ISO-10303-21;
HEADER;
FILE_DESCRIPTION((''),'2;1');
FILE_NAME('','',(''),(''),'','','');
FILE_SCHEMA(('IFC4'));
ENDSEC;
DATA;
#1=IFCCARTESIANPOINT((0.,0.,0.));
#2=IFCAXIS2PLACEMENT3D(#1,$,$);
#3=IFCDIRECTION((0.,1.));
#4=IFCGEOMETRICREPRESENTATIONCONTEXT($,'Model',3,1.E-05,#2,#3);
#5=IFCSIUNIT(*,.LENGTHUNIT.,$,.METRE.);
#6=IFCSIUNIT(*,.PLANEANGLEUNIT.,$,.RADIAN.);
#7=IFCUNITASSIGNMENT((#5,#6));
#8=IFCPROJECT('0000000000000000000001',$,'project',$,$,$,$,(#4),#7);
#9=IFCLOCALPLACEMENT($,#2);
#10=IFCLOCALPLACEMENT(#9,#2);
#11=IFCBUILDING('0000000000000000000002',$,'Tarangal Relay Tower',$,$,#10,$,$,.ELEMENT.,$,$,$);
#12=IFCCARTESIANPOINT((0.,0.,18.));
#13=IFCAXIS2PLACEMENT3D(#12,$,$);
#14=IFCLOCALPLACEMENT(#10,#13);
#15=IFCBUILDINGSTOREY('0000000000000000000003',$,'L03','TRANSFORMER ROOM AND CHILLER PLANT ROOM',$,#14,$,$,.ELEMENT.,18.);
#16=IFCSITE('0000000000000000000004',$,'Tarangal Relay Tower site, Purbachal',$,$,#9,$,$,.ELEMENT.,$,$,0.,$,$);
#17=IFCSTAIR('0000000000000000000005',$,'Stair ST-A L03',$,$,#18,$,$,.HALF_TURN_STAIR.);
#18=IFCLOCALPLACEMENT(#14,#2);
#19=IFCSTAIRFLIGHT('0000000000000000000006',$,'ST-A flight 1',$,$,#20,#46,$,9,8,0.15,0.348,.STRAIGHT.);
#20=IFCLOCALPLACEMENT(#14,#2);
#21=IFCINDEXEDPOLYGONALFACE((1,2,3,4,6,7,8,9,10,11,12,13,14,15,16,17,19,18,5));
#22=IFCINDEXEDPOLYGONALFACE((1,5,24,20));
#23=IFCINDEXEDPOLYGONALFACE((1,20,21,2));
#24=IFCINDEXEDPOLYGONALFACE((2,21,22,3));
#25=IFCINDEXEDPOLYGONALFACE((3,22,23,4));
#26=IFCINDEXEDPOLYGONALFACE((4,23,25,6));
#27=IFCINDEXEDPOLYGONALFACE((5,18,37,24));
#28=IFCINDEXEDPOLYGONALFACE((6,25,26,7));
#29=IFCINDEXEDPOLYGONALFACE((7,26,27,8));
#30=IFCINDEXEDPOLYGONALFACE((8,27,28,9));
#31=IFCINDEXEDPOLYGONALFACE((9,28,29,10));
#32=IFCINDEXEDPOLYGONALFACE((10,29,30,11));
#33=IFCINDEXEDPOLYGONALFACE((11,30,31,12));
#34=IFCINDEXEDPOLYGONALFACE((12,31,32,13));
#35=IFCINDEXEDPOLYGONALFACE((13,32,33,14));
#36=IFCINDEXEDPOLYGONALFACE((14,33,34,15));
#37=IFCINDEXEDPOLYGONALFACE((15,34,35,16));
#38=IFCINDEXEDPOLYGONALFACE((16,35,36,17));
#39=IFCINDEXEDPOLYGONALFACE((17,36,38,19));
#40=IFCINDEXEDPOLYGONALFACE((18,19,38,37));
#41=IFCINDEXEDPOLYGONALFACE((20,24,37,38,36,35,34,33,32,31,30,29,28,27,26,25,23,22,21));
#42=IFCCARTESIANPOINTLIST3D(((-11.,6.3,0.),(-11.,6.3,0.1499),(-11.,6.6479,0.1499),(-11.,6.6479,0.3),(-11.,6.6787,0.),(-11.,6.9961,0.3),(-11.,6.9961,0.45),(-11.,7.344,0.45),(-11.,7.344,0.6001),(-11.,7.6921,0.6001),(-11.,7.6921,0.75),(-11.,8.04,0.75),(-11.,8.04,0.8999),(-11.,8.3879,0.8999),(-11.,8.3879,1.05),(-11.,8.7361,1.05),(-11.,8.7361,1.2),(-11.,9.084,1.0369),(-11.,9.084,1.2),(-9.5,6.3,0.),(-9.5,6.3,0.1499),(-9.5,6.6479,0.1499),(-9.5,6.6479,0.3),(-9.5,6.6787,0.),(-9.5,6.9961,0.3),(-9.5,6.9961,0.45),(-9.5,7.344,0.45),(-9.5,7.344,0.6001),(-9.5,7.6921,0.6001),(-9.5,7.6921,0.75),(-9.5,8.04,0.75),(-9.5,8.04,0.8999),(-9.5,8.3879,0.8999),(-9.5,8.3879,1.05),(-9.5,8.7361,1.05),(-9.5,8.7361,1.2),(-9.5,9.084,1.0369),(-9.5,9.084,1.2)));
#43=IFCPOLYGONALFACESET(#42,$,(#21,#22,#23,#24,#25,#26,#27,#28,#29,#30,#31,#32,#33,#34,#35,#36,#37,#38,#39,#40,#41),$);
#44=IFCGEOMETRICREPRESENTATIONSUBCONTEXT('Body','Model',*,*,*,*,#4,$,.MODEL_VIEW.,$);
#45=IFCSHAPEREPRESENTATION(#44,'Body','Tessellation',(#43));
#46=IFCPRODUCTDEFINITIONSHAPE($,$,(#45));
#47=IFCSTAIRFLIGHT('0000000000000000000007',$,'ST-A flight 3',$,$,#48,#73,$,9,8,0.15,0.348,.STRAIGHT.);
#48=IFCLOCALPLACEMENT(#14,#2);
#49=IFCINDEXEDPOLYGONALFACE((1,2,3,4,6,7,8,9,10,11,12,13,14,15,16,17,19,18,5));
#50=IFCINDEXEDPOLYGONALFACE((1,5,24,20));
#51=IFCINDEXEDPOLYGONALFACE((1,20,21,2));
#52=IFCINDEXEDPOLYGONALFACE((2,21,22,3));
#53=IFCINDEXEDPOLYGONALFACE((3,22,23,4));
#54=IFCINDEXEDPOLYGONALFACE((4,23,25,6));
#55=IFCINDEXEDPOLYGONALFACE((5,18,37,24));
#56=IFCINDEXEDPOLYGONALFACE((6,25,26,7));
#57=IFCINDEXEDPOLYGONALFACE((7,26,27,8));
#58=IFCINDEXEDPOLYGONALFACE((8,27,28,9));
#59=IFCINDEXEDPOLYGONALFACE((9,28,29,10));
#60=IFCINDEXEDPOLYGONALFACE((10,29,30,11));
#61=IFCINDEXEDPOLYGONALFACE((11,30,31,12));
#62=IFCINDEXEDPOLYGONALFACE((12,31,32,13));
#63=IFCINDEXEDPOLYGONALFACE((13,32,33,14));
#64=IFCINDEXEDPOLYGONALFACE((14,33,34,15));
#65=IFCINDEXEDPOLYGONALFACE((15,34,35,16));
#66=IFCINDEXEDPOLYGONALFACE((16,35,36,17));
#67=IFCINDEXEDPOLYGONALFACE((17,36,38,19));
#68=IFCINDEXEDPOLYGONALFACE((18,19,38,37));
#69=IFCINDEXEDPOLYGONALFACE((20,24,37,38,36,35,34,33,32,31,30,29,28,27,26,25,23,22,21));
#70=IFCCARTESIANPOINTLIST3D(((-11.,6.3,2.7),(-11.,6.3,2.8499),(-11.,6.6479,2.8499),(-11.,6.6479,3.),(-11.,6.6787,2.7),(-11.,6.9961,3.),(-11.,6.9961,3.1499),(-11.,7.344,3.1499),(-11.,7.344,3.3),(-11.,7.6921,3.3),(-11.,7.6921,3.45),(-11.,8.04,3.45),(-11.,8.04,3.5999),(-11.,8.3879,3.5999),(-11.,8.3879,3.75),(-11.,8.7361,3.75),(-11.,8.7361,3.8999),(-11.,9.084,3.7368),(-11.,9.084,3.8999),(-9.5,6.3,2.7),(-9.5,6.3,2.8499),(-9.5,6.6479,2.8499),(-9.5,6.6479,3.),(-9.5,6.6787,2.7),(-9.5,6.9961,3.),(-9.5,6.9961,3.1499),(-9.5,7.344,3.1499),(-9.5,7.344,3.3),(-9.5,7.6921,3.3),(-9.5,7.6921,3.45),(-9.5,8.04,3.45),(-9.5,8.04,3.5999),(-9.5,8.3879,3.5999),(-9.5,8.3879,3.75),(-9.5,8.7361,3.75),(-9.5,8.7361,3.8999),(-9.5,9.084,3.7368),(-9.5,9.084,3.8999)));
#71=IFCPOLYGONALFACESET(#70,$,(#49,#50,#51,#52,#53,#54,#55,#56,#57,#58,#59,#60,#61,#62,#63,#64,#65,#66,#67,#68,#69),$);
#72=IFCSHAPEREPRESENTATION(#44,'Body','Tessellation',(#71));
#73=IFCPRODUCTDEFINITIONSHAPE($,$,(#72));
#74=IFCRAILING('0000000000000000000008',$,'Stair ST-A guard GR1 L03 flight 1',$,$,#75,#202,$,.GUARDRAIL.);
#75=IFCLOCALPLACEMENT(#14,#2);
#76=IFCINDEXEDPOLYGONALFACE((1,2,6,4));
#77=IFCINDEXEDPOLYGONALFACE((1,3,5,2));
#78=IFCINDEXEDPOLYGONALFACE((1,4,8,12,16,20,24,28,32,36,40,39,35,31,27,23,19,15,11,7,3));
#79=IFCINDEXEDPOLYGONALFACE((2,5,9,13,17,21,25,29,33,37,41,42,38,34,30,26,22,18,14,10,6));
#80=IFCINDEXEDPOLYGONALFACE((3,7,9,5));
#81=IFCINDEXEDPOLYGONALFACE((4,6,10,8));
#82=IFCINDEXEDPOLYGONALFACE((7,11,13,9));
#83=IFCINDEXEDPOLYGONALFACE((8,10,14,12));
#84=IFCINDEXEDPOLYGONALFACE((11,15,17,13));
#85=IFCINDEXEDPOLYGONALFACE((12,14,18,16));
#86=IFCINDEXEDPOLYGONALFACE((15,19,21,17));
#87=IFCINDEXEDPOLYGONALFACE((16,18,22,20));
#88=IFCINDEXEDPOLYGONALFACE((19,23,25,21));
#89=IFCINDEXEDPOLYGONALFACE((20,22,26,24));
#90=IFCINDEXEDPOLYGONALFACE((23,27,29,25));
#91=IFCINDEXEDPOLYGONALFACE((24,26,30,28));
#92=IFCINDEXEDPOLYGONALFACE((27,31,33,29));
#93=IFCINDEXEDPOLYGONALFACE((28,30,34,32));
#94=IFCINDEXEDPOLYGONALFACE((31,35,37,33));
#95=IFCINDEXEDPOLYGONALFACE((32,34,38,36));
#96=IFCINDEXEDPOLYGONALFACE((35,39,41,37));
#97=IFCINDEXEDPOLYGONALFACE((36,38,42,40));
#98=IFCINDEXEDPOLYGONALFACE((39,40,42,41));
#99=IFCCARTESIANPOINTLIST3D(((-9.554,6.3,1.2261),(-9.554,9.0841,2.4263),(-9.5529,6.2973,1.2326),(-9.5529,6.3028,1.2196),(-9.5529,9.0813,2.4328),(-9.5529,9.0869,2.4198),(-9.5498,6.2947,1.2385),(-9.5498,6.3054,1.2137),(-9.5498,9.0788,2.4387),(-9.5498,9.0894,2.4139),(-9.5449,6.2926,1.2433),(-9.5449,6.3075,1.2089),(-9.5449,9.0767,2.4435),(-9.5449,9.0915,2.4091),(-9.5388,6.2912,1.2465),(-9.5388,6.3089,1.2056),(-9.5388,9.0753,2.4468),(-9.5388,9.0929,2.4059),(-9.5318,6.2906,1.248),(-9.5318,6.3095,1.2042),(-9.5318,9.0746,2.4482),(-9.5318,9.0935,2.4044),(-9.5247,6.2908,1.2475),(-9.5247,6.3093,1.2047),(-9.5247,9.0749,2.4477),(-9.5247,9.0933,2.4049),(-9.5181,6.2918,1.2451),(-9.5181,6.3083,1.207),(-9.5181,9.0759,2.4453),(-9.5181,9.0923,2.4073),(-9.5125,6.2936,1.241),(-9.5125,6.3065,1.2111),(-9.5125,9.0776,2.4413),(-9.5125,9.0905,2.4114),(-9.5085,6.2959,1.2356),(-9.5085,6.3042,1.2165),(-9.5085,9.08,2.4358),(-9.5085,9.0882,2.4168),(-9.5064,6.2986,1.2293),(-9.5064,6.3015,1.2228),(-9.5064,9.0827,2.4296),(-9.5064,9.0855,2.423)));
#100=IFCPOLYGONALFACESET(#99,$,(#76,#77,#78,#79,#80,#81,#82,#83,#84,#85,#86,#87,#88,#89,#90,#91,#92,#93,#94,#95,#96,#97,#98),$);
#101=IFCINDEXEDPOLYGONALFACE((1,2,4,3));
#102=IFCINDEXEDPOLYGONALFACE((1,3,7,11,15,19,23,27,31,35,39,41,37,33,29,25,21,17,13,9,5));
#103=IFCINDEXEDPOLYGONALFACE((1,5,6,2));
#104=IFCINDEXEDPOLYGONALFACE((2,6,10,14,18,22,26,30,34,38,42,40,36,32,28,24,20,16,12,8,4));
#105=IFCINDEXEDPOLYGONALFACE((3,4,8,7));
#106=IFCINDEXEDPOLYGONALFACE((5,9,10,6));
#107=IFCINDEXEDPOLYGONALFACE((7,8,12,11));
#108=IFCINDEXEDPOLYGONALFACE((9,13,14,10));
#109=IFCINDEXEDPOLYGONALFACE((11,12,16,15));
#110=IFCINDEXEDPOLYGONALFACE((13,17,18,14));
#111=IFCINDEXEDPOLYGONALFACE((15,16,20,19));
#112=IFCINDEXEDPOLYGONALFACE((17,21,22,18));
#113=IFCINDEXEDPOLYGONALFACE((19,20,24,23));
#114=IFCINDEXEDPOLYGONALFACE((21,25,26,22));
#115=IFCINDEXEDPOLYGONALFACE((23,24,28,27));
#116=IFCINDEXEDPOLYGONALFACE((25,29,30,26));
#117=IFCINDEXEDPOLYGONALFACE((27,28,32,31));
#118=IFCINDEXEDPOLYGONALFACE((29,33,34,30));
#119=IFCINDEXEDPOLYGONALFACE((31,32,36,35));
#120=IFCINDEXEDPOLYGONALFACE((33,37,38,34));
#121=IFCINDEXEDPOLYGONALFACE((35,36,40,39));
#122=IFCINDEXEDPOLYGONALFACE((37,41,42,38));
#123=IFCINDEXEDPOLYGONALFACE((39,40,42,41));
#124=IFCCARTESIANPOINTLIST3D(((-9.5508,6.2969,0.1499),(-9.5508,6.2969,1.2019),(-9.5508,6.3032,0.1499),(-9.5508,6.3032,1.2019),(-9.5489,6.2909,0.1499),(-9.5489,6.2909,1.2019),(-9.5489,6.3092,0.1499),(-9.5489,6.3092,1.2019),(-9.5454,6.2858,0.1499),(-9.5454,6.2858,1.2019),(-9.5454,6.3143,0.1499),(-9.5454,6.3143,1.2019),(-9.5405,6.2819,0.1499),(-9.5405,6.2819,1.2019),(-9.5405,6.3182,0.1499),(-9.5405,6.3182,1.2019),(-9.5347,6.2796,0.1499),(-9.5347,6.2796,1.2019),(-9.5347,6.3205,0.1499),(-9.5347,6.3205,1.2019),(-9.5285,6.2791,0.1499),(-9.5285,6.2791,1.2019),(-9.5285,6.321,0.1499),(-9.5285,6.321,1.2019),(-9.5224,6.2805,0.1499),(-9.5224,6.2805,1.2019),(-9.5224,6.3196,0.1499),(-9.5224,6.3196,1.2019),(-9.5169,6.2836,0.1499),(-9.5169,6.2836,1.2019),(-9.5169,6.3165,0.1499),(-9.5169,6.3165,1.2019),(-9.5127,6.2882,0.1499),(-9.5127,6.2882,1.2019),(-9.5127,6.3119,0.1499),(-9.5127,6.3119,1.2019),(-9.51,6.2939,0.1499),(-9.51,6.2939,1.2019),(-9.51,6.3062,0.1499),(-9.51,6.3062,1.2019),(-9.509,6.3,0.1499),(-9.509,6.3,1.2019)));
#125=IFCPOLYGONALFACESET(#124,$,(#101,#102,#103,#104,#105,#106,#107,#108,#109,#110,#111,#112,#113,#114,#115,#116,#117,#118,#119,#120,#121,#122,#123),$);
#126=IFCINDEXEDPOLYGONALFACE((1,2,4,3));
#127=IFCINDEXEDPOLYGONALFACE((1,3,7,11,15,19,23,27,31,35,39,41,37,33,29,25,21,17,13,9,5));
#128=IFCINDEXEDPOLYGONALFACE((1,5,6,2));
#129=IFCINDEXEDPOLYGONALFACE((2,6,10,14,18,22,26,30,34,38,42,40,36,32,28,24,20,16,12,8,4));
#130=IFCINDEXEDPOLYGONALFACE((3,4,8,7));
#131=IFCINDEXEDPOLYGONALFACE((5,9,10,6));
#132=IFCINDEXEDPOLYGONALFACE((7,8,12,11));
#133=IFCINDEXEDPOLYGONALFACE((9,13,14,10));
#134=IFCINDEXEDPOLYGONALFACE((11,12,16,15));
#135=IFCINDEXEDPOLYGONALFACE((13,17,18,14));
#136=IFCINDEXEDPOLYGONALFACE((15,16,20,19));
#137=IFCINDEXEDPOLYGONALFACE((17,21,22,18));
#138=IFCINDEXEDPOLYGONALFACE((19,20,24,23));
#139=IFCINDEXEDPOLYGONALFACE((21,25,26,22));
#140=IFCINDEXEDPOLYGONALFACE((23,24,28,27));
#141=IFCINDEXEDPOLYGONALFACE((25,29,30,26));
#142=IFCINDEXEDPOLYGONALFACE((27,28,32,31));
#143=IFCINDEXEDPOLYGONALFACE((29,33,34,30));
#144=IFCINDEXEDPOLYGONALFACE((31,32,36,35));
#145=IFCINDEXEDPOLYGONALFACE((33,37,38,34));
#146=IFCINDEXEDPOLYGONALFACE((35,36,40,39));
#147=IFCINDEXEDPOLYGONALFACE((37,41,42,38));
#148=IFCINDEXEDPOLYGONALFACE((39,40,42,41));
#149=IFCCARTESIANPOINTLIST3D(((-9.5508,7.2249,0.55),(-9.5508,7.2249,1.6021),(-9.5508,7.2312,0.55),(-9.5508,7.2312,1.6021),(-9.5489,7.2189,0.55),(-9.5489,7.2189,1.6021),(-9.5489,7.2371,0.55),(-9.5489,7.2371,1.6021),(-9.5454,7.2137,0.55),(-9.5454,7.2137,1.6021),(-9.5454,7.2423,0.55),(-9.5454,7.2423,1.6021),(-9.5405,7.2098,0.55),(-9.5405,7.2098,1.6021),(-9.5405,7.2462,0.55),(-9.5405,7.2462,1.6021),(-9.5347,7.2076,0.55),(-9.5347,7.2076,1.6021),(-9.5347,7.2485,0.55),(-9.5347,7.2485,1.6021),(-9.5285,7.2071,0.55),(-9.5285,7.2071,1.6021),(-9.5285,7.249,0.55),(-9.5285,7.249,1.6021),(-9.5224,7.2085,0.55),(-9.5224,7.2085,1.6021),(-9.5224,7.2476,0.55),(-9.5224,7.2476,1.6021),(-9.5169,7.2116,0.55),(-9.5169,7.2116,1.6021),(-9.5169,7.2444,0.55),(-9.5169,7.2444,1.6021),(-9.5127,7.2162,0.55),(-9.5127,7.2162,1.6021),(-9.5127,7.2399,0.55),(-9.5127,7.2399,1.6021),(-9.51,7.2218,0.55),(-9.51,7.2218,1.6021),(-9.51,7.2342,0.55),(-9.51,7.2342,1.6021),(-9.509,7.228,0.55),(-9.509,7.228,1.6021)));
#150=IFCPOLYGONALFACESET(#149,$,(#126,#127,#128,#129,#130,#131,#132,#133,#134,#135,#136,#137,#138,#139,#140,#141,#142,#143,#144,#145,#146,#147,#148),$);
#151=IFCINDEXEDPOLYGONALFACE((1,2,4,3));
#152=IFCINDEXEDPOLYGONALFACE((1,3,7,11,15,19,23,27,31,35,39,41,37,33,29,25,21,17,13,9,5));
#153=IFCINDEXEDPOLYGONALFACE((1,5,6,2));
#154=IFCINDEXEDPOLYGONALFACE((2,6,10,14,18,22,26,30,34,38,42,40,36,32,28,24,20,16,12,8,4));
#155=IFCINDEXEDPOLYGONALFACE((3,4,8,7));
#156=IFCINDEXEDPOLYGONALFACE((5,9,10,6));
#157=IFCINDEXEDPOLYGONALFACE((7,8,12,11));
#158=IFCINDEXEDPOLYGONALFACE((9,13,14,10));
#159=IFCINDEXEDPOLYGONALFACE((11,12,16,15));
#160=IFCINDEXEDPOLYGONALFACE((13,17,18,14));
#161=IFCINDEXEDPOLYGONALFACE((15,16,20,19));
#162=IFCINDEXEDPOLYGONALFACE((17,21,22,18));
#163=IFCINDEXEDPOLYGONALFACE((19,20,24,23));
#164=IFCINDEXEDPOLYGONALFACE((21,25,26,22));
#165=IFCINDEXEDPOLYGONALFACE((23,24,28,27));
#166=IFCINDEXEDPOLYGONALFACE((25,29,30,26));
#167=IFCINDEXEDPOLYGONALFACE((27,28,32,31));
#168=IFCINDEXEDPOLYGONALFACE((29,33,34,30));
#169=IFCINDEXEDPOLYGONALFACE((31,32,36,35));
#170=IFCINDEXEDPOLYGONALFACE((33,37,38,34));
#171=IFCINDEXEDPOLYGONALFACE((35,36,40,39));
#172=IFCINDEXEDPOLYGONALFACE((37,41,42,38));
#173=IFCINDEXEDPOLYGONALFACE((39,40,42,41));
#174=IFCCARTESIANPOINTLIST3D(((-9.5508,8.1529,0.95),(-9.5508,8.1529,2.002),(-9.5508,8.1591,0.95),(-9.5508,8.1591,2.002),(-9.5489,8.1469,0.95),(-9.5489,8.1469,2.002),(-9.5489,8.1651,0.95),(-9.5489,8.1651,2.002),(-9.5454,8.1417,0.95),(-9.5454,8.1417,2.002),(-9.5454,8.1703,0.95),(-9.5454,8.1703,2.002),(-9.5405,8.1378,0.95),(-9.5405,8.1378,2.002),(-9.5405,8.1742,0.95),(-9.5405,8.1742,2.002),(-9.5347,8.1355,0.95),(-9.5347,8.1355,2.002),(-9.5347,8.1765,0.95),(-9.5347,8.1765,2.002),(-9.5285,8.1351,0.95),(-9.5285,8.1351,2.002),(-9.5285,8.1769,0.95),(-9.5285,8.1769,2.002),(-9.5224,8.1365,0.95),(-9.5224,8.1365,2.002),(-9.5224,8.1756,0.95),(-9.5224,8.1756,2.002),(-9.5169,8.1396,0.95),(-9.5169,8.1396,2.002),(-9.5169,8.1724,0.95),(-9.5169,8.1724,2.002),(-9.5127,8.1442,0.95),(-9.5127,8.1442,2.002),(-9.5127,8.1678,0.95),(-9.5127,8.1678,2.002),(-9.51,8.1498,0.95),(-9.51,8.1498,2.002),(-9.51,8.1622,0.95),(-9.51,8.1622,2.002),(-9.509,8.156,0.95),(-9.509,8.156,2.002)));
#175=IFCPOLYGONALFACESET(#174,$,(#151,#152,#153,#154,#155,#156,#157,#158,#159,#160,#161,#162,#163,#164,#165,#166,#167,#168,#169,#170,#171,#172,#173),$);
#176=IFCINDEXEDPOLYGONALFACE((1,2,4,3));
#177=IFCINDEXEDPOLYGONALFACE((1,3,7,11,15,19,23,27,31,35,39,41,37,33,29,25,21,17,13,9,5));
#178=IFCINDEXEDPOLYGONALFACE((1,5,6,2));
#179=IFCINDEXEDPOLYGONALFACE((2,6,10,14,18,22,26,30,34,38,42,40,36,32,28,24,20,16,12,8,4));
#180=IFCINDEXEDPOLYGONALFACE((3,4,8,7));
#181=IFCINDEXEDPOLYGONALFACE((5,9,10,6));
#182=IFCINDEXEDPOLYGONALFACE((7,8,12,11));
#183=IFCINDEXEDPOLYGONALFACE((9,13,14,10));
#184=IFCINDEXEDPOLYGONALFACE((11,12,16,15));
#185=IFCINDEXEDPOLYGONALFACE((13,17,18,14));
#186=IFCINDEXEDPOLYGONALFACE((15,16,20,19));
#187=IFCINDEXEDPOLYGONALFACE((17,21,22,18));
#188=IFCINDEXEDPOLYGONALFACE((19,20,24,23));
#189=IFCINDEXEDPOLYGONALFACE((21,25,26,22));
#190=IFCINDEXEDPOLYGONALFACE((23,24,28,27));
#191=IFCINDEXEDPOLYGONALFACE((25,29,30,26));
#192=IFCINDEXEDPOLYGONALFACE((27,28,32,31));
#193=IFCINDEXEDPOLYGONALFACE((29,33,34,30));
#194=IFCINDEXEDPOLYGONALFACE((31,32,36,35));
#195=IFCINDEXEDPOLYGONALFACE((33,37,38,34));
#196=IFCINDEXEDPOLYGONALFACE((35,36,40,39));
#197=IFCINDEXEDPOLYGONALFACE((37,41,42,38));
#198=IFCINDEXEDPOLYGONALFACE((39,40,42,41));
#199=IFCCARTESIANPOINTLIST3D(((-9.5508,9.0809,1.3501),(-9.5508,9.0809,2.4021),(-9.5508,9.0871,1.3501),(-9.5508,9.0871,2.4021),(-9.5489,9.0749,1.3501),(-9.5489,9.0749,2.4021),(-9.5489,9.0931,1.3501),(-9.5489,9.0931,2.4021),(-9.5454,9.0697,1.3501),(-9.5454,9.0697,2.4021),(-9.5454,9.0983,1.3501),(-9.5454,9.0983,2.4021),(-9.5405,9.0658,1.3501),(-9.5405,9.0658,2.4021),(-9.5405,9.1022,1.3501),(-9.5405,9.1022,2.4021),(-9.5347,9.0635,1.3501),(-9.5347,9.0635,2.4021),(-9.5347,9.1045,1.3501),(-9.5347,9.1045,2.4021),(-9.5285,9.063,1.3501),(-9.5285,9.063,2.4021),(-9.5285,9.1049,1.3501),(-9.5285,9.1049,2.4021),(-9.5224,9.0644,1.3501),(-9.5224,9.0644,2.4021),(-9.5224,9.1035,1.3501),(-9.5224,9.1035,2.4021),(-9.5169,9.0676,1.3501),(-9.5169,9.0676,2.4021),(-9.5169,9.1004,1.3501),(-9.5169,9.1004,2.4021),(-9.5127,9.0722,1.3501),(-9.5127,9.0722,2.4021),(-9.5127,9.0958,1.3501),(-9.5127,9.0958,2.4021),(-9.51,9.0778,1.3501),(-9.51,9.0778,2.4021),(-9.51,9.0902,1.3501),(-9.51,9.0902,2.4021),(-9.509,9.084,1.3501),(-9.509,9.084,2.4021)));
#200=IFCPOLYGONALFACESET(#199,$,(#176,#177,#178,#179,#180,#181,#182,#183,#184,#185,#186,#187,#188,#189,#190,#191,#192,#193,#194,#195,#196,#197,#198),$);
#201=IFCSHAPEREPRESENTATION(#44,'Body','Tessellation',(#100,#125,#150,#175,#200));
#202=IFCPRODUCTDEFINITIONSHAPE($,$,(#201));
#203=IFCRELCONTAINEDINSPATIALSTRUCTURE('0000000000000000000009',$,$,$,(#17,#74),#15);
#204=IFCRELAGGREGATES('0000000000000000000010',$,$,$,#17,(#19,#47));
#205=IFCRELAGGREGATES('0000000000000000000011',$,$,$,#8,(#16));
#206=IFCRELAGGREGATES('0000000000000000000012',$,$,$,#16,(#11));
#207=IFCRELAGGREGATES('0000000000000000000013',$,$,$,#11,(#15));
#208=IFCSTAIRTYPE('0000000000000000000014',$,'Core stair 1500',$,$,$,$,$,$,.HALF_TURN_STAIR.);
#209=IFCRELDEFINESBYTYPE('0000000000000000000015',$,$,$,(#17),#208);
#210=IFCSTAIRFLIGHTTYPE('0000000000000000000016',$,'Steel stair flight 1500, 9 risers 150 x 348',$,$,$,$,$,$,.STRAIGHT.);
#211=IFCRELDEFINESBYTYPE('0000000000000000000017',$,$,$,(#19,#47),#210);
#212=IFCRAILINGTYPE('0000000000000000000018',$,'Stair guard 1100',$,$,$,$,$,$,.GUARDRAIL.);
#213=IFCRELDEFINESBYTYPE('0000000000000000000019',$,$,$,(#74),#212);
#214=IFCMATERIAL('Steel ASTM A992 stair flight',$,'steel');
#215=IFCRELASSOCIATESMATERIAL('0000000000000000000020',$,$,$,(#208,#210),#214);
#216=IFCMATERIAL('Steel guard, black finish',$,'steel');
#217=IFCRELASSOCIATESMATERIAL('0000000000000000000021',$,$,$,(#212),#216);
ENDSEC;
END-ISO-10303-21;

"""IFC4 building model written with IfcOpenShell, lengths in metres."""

from ifc_helpers import new_model, si_unit, direction, frame, origin, origin_2d, place, context, subcontext, project, spatial, polyline, circle, outline, extrude, material, type_object, element, aggregate, save


model = new_model("IFC4")

# Units and contexts
model_context = context("Model", 3, precision=1e-05, world=origin(), true_north=direction((0.0, 1.0)))
body_context = subcontext(model_context, "Body", "Model", "MODEL_VIEW")
ifc_project = project(units=[si_unit("LENGTHUNIT", "METRE"), si_unit("PLANEANGLEUNIT", "RADIAN")], contexts=[model_context])

# Site, building, storey
site_placement = place(None, origin())
site = spatial("IfcSite", under=ifc_project, at=site_placement, Name="Tarangal Relay Tower site, Purbachal", CompositionType="ELEMENT", RefElevation=0.0)
building_placement = place(site_placement, origin())
building = spatial("IfcBuilding", under=site, at=building_placement, Name="Tarangal Relay Tower", CompositionType="ELEMENT")
storey_placement = place(building_placement, frame((0.0, 0.0, 18.0)))
storey = spatial("IfcBuildingStorey", under=building, at=storey_placement, Name="L03", Description="TRANSFORMER ROOM AND CHILLER PLANT ROOM", CompositionType="ELEMENT", Elevation=18.0)

# Stair, stair flights
ifc_material_1 = material(Name="Steel ASTM A992 stair flight", Category="steel")
stair_type = type_object("IfcStairType", Name="Core stair 1500", PredefinedType="HALF_TURN_STAIR", material=ifc_material_1)
stair_placement = place(storey_placement, origin())
stair = element("IfcStair", 1, at=stair_placement, inside=storey, type_object=stair_type, Name="Stair ST-A L03", PredefinedType="HALF_TURN_STAIR")
stair_flight_type = type_object("IfcStairFlightType", Name="Steel stair flight 1500, 9 risers 150 x 348", PredefinedType="STRAIGHT", material=ifc_material_1)
stair_flight_1_placement = place(storey_placement, frame((-10.25, 6.3, 0.0), z_axis=(0.0, 0.0, 1.0), x_axis=(0.0, 1.0, 0.0)))
stair_flight_1 = element("IfcStairFlight", 2, at=stair_flight_1_placement, type_object=stair_flight_type, Name="ST-A flight 1", NumberOfRisers=9, NumberOfTreads=8, PredefinedType="STRAIGHT", RiserHeight=0.15, TreadLength=0.348, context=body_context, shape_type="SweptSolid", body=[
    extrude(outline(polyline([(0.0, 0.0), (0.0, 0.1499), (0.3479, 0.1499), (0.3479, 0.3), (0.696, 0.3), (0.696, 0.45), (1.0439, 0.45), (1.0439, 0.6001), (1.3921, 0.6001), (1.3921, 0.75), (1.74, 0.75), (1.74, 0.8999), (2.0879, 0.8999), (2.0879, 1.05), (2.436, 1.05), (2.436, 1.2), (2.7839, 1.2), (2.7839, 1.3501), (2.7839, 1.0369), (0.3787, 0.0), (0.0, 0.0)])), frame((0.0, 0.75, 0.0), z_axis=(0.0, -1.0, 0.0), x_axis=(1.0, 0.0, 0.0)), (0.0, 0.0, 1.0), 1.5),
])
stair_flight_2_placement = place(storey_placement, frame((-10.25, 6.3, 2.7), z_axis=(0.0, 0.0, 1.0), x_axis=(0.0, 1.0, 0.0)))
stair_flight_2 = element("IfcStairFlight", 3, at=stair_flight_2_placement, type_object=stair_flight_type, Name="ST-A flight 3", NumberOfRisers=9, NumberOfTreads=8, PredefinedType="STRAIGHT", RiserHeight=0.15, TreadLength=0.348, context=body_context, shape_type="SweptSolid", body=[
    extrude(outline(polyline([(0.0, 0.0), (0.0, 0.1499), (0.3479, 0.1499), (0.3479, 0.3), (0.696, 0.3), (0.696, 0.45), (1.0439, 0.45), (1.0439, 0.6001), (1.3921, 0.6001), (1.3921, 0.75), (1.74, 0.75), (1.74, 0.8999), (2.0879, 0.8999), (2.0879, 1.05), (2.436, 1.05), (2.436, 1.2), (2.7839, 1.2), (2.7839, 1.3501), (2.7839, 1.0369), (0.3787, 0.0), (0.0, 0.0)])), frame((0.0, 0.75, 0.0), z_axis=(0.0, -1.0, 0.0), x_axis=(1.0, 0.0, 0.0)), (0.0, 0.0, 1.0), 1.5),
])
aggregate(stair, [stair_flight_1, stair_flight_2])

# Railing
ifc_material_2 = material(Name="Steel guard, black finish", Category="steel")
railing_type_1 = type_object("IfcRailingType", Name="Stair guard 1100", PredefinedType="GUARDRAIL", material=ifc_material_2)
railing_1_placement = place(storey_placement, frame((-9.53, 6.3, 0.1499)))
element("IfcRailing", 4, at=railing_1_placement, inside=storey, type_object=railing_type_1, Name="Stair ST-A guard GR1 L03 flight 1", PredefinedType="GUARDRAIL", context=body_context, shape_type="SweptSolid", body=[
    extrude(circle(Radius=0.0239, at=origin_2d()), frame((0.0, 0.0, 1.0762), z_axis=(0.0, 0.918297, 0.395891), x_axis=(-1.0, 0.0, 0.0)), (0.0, 0.0, 1.0), 3.0317),
    extrude(circle(Radius=0.021, at=origin_2d()), origin(), (0.0, 0.0, 1.0), 1.052),
    extrude(circle(Radius=0.021, at=origin_2d()), frame((0.0, 0.928, 0.4001)), (0.0, 0.0, 1.0), 1.052),
    extrude(circle(Radius=0.021, at=origin_2d()), frame((0.0, 1.856, 0.8)), (0.0, 0.0, 1.0), 1.052),
    extrude(circle(Radius=0.021, at=origin_2d()), frame((0.0, 2.7839, 1.2002)), (0.0, 0.0, 1.0), 1.052),
])

save(model, "model.ifc")
